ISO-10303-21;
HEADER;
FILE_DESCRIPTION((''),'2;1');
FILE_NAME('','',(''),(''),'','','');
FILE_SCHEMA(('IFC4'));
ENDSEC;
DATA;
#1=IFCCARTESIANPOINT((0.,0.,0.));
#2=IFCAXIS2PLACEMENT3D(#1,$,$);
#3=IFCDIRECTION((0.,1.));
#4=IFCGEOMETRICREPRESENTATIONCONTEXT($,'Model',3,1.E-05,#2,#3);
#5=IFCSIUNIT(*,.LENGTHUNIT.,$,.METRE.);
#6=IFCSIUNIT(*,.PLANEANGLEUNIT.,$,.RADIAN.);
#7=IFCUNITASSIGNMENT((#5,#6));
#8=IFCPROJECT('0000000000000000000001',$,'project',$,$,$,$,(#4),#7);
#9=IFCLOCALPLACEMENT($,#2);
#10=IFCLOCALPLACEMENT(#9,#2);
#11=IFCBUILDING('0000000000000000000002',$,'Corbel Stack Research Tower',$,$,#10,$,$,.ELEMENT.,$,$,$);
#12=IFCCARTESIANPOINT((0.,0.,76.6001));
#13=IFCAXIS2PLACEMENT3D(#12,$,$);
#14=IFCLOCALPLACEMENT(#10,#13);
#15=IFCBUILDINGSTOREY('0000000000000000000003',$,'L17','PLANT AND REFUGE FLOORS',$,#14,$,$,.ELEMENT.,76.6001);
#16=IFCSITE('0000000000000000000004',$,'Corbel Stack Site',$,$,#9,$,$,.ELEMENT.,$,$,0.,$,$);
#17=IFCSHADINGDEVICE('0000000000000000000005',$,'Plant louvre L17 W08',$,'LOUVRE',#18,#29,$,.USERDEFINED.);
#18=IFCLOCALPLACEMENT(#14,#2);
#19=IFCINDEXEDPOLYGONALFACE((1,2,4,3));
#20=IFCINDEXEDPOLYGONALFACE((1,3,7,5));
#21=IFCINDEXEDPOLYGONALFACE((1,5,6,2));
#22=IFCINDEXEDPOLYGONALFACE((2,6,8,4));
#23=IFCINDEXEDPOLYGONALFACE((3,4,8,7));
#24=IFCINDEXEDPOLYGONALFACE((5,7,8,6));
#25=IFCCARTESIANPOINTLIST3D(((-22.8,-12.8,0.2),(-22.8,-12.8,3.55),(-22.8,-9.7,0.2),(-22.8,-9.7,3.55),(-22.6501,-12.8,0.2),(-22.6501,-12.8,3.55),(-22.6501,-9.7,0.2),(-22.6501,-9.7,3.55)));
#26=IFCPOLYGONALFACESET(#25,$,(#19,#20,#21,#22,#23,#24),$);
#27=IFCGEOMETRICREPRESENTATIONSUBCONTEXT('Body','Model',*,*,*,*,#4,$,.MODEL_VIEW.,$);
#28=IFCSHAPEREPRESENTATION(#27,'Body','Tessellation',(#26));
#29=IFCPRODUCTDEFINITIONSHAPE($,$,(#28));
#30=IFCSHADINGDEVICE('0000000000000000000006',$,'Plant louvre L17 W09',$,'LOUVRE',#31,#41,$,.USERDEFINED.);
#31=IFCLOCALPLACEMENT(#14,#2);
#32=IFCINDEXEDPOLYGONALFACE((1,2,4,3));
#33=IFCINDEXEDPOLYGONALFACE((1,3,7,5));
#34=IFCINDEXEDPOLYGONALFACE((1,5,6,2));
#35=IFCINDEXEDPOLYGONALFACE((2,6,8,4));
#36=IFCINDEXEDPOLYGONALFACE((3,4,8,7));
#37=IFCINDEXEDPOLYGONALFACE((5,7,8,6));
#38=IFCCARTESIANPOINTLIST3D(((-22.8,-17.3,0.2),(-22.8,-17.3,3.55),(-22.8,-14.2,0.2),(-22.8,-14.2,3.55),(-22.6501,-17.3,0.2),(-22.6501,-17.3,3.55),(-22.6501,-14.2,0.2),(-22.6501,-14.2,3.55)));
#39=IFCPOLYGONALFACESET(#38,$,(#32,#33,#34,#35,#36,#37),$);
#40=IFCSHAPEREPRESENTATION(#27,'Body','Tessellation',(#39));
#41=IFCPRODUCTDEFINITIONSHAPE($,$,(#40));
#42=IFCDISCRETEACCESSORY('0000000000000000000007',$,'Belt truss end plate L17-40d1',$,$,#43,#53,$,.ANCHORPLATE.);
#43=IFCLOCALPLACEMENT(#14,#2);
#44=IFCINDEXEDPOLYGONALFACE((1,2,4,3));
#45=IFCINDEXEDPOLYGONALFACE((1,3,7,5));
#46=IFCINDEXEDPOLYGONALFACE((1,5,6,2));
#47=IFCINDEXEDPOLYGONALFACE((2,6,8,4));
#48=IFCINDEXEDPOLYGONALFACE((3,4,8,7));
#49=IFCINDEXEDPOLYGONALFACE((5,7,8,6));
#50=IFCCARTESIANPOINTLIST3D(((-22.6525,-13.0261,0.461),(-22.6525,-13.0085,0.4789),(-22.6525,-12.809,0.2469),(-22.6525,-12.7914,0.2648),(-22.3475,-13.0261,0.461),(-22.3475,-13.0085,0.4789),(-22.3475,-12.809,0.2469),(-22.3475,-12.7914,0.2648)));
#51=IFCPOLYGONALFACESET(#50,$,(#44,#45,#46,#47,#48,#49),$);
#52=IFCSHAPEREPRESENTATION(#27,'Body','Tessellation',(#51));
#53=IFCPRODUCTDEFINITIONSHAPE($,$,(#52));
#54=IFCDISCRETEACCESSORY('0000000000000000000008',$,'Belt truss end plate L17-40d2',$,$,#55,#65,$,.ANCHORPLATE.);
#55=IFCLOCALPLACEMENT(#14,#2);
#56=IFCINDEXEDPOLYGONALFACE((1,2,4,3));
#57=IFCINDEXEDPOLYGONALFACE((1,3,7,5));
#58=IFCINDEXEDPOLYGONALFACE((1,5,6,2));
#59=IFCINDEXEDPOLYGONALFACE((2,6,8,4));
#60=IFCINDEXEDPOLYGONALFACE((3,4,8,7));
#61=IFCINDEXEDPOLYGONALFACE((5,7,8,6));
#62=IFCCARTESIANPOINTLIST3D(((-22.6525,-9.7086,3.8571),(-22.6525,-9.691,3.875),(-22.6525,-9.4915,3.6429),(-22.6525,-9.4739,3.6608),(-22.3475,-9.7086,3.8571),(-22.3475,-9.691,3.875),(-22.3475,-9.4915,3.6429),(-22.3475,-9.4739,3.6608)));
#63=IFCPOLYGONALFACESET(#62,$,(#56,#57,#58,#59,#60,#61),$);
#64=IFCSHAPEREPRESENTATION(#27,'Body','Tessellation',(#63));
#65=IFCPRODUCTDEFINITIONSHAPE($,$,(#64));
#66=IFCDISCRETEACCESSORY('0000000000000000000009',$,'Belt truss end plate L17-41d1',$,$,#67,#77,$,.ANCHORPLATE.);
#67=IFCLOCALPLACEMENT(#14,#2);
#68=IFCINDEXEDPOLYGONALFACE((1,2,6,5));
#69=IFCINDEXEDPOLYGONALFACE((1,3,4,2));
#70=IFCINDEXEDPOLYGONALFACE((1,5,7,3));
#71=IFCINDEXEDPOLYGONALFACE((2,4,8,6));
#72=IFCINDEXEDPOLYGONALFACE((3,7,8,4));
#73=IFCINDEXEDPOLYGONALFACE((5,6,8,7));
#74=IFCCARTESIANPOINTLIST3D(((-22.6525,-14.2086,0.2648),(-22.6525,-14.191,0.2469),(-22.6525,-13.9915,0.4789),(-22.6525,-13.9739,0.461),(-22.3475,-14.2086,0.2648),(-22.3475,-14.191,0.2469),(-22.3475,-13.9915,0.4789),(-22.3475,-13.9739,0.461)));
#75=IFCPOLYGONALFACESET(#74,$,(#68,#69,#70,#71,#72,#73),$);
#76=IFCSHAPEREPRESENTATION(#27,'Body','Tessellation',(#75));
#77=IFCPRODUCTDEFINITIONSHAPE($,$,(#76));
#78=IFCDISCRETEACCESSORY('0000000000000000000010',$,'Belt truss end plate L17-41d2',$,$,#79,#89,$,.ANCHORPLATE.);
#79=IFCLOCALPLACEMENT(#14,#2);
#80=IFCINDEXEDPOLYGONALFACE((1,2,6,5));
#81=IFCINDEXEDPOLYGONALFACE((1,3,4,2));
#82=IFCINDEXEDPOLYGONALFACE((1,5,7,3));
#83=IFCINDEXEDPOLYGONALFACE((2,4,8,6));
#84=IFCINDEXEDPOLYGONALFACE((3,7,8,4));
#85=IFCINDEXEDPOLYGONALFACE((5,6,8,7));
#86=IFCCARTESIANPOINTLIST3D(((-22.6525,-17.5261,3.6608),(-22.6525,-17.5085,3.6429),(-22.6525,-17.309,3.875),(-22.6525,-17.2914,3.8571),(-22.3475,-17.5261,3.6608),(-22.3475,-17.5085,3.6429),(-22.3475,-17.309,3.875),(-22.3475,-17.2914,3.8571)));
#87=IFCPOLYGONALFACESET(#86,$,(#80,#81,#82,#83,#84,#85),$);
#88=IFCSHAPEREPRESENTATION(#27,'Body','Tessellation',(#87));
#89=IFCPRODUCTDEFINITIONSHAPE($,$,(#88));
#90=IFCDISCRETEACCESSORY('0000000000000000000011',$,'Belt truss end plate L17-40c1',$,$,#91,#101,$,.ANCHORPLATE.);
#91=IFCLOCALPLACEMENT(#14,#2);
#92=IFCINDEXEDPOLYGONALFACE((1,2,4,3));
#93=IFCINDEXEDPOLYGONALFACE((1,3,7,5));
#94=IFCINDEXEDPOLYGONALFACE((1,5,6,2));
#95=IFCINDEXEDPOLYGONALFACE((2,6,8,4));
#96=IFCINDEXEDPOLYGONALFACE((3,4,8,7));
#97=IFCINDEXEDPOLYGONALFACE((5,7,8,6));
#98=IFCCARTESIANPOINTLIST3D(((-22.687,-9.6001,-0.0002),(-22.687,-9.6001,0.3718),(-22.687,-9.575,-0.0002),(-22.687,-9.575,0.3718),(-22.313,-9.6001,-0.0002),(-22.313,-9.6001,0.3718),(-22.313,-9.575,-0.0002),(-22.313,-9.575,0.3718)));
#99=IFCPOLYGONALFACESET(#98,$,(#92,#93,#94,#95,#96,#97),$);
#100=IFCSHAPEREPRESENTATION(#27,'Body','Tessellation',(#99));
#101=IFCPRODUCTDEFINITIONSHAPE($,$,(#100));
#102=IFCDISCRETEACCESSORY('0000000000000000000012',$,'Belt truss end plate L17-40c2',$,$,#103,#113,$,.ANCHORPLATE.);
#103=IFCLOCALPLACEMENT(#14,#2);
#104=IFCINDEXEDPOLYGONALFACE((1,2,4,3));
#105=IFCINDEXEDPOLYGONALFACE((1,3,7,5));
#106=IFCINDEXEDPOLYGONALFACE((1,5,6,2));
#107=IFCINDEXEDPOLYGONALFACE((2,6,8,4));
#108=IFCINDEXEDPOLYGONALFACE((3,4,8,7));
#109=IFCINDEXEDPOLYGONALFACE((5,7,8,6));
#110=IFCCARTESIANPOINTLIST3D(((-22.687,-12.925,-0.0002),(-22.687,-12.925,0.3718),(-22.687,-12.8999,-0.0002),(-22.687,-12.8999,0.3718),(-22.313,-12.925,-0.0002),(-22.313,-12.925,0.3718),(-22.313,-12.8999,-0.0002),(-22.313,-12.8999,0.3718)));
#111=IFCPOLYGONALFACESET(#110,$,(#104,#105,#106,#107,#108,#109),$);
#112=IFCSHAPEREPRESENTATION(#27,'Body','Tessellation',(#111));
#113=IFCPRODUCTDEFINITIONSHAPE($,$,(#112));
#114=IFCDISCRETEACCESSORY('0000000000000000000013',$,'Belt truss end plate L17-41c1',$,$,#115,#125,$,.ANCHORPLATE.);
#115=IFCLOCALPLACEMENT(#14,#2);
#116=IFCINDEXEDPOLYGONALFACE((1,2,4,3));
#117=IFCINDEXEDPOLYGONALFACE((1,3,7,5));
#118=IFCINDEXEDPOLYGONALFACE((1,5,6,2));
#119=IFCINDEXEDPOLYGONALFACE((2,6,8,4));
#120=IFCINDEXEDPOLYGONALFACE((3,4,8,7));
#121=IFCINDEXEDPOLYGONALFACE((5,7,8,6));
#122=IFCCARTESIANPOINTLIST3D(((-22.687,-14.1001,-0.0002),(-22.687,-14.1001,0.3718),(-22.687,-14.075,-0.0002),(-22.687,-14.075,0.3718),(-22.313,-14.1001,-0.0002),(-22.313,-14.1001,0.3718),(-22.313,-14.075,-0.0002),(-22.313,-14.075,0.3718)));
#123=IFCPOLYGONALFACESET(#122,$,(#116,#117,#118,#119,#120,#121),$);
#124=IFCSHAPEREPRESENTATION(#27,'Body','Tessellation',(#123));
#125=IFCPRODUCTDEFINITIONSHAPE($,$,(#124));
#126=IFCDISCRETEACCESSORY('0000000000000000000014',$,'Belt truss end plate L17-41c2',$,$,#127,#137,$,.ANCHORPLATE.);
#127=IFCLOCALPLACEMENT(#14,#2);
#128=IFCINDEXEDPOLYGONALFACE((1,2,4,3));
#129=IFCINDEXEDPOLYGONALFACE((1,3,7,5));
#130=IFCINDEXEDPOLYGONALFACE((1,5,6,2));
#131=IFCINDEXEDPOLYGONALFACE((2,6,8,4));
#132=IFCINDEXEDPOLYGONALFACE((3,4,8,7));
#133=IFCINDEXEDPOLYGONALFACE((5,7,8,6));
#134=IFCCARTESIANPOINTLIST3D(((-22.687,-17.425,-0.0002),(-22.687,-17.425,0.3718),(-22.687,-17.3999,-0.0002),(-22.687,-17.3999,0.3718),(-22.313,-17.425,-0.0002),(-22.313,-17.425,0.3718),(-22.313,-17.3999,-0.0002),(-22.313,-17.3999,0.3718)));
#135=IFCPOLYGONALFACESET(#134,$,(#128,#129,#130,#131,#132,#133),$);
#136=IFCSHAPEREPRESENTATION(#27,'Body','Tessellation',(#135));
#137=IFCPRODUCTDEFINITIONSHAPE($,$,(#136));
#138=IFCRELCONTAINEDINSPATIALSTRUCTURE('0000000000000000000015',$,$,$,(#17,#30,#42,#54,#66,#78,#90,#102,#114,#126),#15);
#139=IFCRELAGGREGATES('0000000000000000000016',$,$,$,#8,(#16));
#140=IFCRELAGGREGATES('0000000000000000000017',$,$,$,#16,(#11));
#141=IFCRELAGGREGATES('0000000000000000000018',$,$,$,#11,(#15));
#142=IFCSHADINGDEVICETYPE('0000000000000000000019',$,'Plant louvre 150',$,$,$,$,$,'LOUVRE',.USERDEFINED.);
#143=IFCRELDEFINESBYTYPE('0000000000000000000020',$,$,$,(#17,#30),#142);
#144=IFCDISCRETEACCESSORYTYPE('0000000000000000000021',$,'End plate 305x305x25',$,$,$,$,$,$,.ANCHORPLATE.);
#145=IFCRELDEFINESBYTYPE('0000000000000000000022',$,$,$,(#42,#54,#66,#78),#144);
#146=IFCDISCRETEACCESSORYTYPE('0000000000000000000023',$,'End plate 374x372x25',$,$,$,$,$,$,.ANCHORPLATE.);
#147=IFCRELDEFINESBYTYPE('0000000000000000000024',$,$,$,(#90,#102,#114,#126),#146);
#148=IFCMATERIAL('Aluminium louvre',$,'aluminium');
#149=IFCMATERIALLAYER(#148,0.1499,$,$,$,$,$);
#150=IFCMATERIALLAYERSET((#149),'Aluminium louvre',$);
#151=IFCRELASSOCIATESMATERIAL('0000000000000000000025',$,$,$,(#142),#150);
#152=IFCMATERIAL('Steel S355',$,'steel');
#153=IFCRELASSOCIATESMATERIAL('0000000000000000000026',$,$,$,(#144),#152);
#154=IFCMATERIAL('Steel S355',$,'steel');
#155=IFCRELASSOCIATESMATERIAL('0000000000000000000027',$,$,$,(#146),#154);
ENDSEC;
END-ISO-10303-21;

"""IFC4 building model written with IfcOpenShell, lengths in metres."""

from ifc_helpers import new_model, si_unit, direction, frame, origin, origin_2d, place, context, subcontext, project, spatial, rectangle, extrude, material, layer, layer_set, material_profile, profile_set, type_object, element, save


model = new_model("IFC4")

# Units and contexts
model_context = context("Model", 3, precision=1e-05, world=origin(), true_north=direction((0.0, 1.0)))
body_context = subcontext(model_context, "Body", "Model", "MODEL_VIEW")
ifc_project = project(units=[si_unit("LENGTHUNIT", "METRE"), si_unit("PLANEANGLEUNIT", "RADIAN")], contexts=[model_context])

# Site, building, storey
site_placement = place(None, origin())
site = spatial("IfcSite", under=ifc_project, at=site_placement, Name="Corbel Stack Site", CompositionType="ELEMENT", RefElevation=0.0)
building_placement = place(site_placement, origin())
building = spatial("IfcBuilding", under=site, at=building_placement, Name="Corbel Stack Research Tower", CompositionType="ELEMENT")
storey_placement = place(building_placement, frame((0.0, 0.0, 76.6001)))
storey = spatial("IfcBuildingStorey", under=building, at=storey_placement, Name="L17", Description="PLANT AND REFUGE FLOORS", CompositionType="ELEMENT", Elevation=76.6001)

# Shading devices
ifc_material_1 = material(Name="Aluminium louvre", Category="aluminium")
ifc_layer_1 = layer(ifc_material_1, 0.1499)
ifc_layer_set_1 = layer_set([ifc_layer_1], Name="Aluminium louvre")
shading_device_type = type_object("IfcShadingDeviceType", Name="Plant louvre 150", ElementType="LOUVRE", PredefinedType="USERDEFINED", material=ifc_layer_set_1)
for number, where, z_axis, x_axis, name in (
    (1, (-22.7251, -11.25, 0.2), (0.0, 0.0, 1.0), (0.0, -1.0, 0.0), "Plant louvre L17 W08"),
    (2, (-22.7251, -15.75, 0.2), (0.0, 0.0, 1.0), (0.0, -1.0, 0.0), "Plant louvre L17 W09"),
):
    element("IfcShadingDevice", number, at=place(storey_placement, frame(where, z_axis=z_axis, x_axis=x_axis)), inside=storey, type_object=shading_device_type, Name=name, ObjectType="LOUVRE", PredefinedType="USERDEFINED", context=body_context, shape_type="SweptSolid", body=[
        extrude(rectangle(XDim=3.1001, YDim=0.1499, at=origin_2d()), origin(), (0.0, 0.0, 1.0), 3.3501),
    ])

# Discrete accessories
ifc_material_2 = material(Name="Steel S355", Category="steel")
ifc_material_profile_1 = material_profile(ifc_material_2, rectangle(XDim=0.3049, YDim=0.3049, at=origin_2d()), Name="End plate 305x305x25")
ifc_profile_set_1 = profile_set([ifc_material_profile_1], Name="Steel S355")
discrete_accessory_type_1 = type_object("IfcDiscreteAccessoryType", Name="End plate 305x305x25", PredefinedType="ANCHORPLATE", material=ifc_profile_set_1)
for number, where, z_axis, x_axis, name in (
    (3, (-22.5, -12.8999, 0.3718), (0.0, -0.702213, -0.711966), (1.0, 0.0, 0.0), "Belt truss end plate L17-40d1"),
    (4, (-22.5, -9.6001, 3.75), (0.0, 0.702213, 0.711966), (-1.0, 0.0, 0.0), "Belt truss end plate L17-40d2"),
    (5, (-22.5, -14.1001, 0.3718), (0.0, 0.702213, -0.711966), (-1.0, 0.0, 0.0), "Belt truss end plate L17-41d1"),
    (6, (-22.5, -17.3999, 3.75), (0.0, -0.702213, 0.711966), (1.0, 0.0, 0.0), "Belt truss end plate L17-41d2"),
):
    element("IfcDiscreteAccessory", number, at=place(storey_placement, frame(where, z_axis=z_axis, x_axis=x_axis)), inside=storey, type_object=discrete_accessory_type_1, Name=name, PredefinedType="ANCHORPLATE", context=body_context, shape_type="SweptSolid", body=[
        extrude(rectangle(XDim=0.3049, YDim=0.3049, at=origin_2d()), origin(), (0.0, 0.0, 1.0), 0.0251),
    ])
ifc_material_3 = material(Name="Steel S355", Category="steel")
ifc_material_profile_2 = material_profile(ifc_material_3, rectangle(XDim=0.374, YDim=0.3721, at=origin_2d()), Name="End plate 374x372x25")
ifc_profile_set_2 = profile_set([ifc_material_profile_2], Name="Steel S355")
discrete_accessory_type_2 = type_object("IfcDiscreteAccessoryType", Name="End plate 374x372x25", PredefinedType="ANCHORPLATE", material=ifc_profile_set_2)
for number, where, z_axis, x_axis, name in (
    (7, (-22.5, -9.6001, 0.1858), (0.0, 1.0, 0.0), (-1.0, 0.0, 0.0), "Belt truss end plate L17-40c1"),
    (8, (-22.5, -12.8999, 0.1858), (0.0, -1.0, 0.0), (1.0, 0.0, 0.0), "Belt truss end plate L17-40c2"),
    (9, (-22.5, -14.1001, 0.1858), (0.0, 1.0, 0.0), (-1.0, 0.0, 0.0), "Belt truss end plate L17-41c1"),
    (10, (-22.5, -17.3999, 0.1858), (0.0, -1.0, 0.0), (1.0, 0.0, 0.0), "Belt truss end plate L17-41c2"),
):
    element("IfcDiscreteAccessory", number, at=place(storey_placement, frame(where, z_axis=z_axis, x_axis=x_axis)), inside=storey, type_object=discrete_accessory_type_2, Name=name, PredefinedType="ANCHORPLATE", context=body_context, shape_type="SweptSolid", body=[
        extrude(rectangle(XDim=0.374, YDim=0.3721, at=origin_2d()), origin(), (0.0, 0.0, 1.0), 0.0251),
    ])

save(model, "model.ifc")
